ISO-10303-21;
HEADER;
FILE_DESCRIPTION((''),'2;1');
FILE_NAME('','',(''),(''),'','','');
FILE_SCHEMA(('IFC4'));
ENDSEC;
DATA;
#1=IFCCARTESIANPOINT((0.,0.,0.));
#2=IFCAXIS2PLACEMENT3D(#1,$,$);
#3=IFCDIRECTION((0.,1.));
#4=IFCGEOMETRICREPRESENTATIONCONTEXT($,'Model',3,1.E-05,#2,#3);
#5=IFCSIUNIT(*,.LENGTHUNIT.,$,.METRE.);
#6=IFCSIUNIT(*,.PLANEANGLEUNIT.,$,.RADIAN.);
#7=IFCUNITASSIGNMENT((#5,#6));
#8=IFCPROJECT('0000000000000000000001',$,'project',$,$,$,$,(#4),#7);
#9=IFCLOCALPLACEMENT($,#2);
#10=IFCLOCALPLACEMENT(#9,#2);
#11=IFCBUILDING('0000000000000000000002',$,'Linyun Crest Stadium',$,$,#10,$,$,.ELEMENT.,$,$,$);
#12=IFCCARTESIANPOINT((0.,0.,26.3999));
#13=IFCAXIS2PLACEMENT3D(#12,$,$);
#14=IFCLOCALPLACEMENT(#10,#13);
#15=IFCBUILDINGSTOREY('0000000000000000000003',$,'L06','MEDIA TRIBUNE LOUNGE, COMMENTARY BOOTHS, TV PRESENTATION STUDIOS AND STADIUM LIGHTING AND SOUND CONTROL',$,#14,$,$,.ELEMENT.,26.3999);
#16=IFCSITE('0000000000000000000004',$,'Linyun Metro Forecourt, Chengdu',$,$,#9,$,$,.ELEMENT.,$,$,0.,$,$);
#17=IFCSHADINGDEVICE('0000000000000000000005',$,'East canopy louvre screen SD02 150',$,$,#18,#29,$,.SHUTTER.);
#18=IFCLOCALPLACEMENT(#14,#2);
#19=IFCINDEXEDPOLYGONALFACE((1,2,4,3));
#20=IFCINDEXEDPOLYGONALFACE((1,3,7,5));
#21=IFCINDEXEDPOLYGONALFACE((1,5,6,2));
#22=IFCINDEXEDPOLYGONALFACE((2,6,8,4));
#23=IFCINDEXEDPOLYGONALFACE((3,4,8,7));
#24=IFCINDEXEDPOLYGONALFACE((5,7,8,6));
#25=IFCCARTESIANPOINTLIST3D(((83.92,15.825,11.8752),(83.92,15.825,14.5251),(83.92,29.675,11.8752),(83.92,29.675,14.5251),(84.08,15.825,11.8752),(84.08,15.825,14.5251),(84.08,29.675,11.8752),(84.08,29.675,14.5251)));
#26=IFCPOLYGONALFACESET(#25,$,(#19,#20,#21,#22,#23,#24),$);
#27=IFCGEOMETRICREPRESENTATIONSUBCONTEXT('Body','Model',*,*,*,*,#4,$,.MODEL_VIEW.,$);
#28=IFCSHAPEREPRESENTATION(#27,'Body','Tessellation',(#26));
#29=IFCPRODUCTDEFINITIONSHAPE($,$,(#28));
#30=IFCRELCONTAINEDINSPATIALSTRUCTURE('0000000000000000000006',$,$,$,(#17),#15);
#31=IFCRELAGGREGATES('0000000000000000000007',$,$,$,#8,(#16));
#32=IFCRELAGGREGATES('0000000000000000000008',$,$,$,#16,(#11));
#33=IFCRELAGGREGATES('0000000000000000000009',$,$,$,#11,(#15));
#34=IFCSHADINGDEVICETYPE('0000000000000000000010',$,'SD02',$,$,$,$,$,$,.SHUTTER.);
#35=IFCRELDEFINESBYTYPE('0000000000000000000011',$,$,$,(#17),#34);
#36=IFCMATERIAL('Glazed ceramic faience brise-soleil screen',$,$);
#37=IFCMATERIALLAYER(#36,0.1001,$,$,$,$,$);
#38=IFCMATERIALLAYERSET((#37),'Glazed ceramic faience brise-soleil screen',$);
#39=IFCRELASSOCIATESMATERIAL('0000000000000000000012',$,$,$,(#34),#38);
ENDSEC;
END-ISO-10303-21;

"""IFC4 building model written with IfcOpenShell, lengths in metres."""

from ifc_helpers import new_model, si_unit, direction, frame, origin, origin_2d, place, context, subcontext, project, spatial, rectangle, extrude, material, layer, layer_set, type_object, element, save


model = new_model("IFC4")

# Units and contexts
model_context = context("Model", 3, precision=1e-05, world=origin(), true_north=direction((0.0, 1.0)))
body_context = subcontext(model_context, "Body", "Model", "MODEL_VIEW")
ifc_project = project(units=[si_unit("LENGTHUNIT", "METRE"), si_unit("PLANEANGLEUNIT", "RADIAN")], contexts=[model_context])

# Site, building, storey
site_placement = place(None, origin())
site = spatial("IfcSite", under=ifc_project, at=site_placement, Name="Linyun Metro Forecourt, Chengdu", CompositionType="ELEMENT", RefElevation=0.0)
building_placement = place(site_placement, origin())
building = spatial("IfcBuilding", under=site, at=building_placement, Name="Linyun Crest Stadium", CompositionType="ELEMENT")
storey_placement = place(building_placement, frame((0.0, 0.0, 26.3999)))
storey = spatial("IfcBuildingStorey", under=building, at=storey_placement, Name="L06", Description="MEDIA TRIBUNE LOUNGE, COMMENTARY BOOTHS, TV PRESENTATION STUDIOS AND STADIUM LIGHTING AND SOUND CONTROL", CompositionType="ELEMENT", Elevation=26.3999)

# Shading device
ifc_material_1 = material(Name="Glazed ceramic faience brise-soleil screen")
ifc_layer_1 = layer(ifc_material_1, 0.1001)
ifc_layer_set_1 = layer_set([ifc_layer_1], Name="Glazed ceramic faience brise-soleil screen")
shading_device_type_1 = type_object("IfcShadingDeviceType", Name="SD02", PredefinedType="SHUTTER", material=ifc_layer_set_1)
for number, where, z_axis, x_axis, name in (
    (1, (84.0, 22.75, 11.8752), (0.0, 0.0, 1.0), (1.0, 0.0, 0.0), "East canopy louvre screen SD02 150"),
):
    element("IfcShadingDevice", number, at=place(storey_placement, frame(where, z_axis=z_axis, x_axis=x_axis)), inside=storey, type_object=shading_device_type_1, Name=name, PredefinedType="SHUTTER", context=body_context, shape_type="SweptSolid", body=[
        extrude(rectangle(XDim=0.1599, YDim=13.8501, at=origin_2d()), origin(), (0.0, 0.0, 1.0), 2.6499),
    ])

save(model, "model.ifc")
